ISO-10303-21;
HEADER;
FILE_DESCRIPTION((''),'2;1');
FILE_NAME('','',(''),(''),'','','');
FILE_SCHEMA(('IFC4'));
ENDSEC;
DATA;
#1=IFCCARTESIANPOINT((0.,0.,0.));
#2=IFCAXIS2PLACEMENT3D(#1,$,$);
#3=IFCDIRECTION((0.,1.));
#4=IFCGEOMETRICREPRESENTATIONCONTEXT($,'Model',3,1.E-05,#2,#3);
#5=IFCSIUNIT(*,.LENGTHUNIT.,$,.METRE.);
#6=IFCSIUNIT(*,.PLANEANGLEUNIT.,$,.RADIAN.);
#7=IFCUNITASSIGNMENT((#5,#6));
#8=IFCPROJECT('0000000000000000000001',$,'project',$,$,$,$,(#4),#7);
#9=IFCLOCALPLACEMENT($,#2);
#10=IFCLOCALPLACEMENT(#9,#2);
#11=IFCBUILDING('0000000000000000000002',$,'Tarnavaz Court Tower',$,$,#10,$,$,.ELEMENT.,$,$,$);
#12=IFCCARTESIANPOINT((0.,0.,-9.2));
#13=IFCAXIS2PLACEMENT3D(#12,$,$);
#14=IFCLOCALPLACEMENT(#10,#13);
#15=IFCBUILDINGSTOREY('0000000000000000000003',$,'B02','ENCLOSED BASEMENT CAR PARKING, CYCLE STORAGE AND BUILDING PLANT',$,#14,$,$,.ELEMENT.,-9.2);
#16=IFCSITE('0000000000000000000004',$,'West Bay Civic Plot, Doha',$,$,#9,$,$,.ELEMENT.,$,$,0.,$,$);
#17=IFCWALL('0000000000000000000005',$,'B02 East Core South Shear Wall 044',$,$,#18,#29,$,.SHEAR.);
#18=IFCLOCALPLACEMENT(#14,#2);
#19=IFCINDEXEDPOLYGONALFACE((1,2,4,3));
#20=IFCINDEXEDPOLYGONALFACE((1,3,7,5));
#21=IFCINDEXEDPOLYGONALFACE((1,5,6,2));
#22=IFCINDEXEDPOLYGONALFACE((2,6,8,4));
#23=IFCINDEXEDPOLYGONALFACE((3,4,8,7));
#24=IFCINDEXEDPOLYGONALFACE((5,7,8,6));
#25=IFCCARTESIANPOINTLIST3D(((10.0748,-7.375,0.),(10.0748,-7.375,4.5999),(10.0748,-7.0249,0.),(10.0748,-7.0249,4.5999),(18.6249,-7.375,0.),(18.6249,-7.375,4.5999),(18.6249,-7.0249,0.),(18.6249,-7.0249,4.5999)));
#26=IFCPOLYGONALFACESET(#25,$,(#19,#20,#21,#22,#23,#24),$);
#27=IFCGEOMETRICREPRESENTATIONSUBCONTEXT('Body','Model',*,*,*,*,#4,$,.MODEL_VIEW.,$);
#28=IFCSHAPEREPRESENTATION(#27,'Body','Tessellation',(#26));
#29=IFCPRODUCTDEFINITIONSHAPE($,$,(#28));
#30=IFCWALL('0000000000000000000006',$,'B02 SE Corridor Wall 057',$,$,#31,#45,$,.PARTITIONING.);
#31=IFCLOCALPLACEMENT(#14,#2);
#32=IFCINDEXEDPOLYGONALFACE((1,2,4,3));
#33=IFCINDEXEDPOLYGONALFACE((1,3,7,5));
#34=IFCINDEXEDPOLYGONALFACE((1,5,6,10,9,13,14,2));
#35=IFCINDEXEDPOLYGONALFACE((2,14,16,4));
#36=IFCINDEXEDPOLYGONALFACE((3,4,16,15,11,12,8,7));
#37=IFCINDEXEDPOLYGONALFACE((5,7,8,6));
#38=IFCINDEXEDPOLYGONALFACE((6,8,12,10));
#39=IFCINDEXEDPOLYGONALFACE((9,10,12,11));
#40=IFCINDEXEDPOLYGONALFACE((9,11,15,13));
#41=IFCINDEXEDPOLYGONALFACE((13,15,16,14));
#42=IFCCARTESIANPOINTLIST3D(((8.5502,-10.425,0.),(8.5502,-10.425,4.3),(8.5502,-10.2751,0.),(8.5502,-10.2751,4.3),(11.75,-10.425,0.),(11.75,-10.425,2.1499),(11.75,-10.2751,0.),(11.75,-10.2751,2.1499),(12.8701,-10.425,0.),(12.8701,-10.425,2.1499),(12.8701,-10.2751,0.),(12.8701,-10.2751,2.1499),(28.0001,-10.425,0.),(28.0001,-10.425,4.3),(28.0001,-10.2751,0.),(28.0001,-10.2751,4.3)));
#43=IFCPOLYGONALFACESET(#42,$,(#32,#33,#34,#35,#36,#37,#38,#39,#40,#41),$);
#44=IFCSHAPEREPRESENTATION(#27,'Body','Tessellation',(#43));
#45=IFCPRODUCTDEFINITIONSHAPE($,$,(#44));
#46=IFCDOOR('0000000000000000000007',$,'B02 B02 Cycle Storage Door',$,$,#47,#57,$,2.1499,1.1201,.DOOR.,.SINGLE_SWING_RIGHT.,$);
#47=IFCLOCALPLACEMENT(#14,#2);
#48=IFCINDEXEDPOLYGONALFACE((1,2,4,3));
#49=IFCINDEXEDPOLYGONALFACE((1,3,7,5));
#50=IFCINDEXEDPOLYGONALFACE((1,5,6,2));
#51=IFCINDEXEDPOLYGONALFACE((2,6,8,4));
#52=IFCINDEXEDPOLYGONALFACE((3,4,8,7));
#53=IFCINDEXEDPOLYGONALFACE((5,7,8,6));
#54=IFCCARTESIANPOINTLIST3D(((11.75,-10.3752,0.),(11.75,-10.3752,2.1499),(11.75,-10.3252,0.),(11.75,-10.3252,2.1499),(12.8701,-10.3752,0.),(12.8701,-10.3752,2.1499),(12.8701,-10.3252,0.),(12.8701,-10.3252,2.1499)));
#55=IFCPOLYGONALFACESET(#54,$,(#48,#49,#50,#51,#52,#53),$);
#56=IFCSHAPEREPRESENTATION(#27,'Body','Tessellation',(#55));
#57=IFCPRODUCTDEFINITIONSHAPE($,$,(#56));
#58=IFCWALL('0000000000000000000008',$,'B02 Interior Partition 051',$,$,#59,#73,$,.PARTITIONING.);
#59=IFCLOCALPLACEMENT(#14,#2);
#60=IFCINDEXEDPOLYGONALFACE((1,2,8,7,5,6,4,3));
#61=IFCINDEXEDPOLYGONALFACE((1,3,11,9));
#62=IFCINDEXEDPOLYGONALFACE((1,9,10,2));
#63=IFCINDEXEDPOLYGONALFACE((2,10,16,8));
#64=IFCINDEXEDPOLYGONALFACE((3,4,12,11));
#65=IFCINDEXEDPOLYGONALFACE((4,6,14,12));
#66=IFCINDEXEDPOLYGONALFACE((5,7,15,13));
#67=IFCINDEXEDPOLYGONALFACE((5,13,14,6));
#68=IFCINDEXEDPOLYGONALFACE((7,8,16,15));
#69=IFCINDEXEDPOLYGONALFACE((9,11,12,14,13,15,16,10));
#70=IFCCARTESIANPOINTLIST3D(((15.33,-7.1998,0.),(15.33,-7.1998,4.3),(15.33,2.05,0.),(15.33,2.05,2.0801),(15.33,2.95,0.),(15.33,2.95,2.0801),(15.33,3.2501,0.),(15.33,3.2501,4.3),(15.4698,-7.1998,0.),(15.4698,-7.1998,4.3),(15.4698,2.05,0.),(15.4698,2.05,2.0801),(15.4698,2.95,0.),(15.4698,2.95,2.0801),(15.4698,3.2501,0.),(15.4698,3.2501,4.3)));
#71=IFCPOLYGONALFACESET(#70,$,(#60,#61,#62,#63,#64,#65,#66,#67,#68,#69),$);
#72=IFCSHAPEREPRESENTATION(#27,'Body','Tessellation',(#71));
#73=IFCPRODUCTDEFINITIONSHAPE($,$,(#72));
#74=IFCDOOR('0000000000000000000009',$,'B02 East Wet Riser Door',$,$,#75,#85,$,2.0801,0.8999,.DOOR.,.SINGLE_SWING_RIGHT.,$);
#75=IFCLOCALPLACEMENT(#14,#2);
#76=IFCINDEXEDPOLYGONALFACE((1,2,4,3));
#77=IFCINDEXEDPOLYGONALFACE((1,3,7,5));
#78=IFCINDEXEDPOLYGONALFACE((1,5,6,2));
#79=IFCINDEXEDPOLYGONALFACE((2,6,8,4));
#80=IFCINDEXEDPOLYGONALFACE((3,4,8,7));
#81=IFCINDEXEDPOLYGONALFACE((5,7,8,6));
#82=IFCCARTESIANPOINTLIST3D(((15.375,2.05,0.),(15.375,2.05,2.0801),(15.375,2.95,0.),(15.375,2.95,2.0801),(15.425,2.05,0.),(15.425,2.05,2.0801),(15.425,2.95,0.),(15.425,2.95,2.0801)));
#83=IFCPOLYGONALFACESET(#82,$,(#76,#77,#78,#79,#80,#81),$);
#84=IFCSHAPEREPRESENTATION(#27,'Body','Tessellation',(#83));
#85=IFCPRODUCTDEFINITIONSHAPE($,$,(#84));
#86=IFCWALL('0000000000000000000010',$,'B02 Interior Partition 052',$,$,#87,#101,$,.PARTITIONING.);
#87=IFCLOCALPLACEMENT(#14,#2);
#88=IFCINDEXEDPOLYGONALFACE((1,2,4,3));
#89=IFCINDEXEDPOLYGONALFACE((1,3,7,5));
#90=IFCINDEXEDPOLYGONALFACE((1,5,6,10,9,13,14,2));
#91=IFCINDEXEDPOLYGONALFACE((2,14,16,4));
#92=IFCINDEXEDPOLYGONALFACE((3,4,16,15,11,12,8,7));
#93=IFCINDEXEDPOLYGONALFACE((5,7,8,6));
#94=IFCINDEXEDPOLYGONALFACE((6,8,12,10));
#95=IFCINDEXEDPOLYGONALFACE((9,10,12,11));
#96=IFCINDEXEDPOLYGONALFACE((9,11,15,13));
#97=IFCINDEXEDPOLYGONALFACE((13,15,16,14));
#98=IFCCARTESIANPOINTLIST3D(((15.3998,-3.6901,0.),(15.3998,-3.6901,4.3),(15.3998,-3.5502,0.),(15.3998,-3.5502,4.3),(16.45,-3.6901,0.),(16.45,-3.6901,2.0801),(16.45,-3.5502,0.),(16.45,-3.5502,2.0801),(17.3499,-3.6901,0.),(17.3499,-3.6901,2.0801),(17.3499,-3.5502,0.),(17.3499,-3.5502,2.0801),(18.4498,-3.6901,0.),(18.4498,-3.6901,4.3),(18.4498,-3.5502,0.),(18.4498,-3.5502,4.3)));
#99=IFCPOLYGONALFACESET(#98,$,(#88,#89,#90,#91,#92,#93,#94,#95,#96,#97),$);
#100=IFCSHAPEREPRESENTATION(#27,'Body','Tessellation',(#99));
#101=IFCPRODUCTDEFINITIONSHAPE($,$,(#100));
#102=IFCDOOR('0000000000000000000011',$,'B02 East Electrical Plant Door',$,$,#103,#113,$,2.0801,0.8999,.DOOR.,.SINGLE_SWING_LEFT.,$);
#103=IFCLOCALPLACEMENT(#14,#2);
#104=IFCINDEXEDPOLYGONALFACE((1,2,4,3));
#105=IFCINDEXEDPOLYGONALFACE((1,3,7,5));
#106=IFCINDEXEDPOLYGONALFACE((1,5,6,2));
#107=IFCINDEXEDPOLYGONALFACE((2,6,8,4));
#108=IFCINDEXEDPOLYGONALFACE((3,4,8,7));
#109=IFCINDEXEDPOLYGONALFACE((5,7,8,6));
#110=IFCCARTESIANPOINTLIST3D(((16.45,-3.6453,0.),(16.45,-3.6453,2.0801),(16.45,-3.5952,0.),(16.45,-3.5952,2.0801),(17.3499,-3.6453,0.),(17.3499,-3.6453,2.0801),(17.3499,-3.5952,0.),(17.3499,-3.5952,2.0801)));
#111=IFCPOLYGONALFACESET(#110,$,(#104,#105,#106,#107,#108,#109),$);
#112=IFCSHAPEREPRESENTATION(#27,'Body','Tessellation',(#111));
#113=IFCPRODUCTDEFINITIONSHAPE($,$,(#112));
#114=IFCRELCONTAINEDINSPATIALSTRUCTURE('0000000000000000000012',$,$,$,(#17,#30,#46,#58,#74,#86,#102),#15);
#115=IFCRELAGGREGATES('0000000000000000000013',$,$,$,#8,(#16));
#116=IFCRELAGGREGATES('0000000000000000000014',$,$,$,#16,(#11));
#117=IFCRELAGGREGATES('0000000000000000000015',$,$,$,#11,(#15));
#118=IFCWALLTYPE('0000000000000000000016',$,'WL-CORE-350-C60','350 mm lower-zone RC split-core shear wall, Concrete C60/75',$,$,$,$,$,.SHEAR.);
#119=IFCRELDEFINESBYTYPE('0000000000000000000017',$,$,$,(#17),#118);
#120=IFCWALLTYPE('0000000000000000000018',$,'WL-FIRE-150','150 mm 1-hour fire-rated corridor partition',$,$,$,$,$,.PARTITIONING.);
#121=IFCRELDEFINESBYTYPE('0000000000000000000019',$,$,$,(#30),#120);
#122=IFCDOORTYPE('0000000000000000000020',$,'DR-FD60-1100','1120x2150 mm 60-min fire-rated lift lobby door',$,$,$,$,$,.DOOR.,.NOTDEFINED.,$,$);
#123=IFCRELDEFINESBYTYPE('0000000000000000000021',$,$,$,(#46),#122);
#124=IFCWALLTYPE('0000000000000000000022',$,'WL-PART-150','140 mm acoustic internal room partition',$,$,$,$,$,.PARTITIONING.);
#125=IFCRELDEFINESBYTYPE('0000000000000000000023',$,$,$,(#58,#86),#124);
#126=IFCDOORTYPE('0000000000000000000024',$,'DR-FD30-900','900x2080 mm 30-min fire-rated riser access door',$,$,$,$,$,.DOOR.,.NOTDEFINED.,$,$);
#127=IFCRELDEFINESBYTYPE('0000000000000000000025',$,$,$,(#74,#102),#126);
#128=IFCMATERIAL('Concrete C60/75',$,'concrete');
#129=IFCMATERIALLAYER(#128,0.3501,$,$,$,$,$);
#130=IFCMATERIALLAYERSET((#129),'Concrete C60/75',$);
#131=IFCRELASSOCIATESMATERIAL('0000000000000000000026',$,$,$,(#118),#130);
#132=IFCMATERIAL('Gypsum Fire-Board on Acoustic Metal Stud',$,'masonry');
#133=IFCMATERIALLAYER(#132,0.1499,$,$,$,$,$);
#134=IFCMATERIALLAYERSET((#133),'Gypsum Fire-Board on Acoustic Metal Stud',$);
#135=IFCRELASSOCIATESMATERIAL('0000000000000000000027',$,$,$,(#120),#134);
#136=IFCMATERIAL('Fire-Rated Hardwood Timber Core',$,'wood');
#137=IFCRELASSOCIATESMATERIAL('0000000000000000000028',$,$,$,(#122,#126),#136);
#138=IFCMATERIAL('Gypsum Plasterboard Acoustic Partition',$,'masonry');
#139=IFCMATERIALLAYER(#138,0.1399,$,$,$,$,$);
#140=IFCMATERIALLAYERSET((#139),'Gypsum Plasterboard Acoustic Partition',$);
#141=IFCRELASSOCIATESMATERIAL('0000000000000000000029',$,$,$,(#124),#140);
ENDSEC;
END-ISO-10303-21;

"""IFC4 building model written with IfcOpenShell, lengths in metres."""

from ifc_helpers import new_model, si_unit, direction, frame, frame_2d, origin, place, context, subcontext, project, spatial, rectangle, extrude, material, layer, layer_set, type_object, element, fill, save


model = new_model("IFC4")

# Units and contexts
model_context = context("Model", 3, precision=1e-05, world=origin(), true_north=direction((0.0, 1.0)))
body_context = subcontext(model_context, "Body", "Model", "MODEL_VIEW")
ifc_project = project(units=[si_unit("LENGTHUNIT", "METRE"), si_unit("PLANEANGLEUNIT", "RADIAN")], contexts=[model_context])

# Site, building, storey
site_placement = place(None, origin())
site = spatial("IfcSite", under=ifc_project, at=site_placement, Name="West Bay Civic Plot, Doha", CompositionType="ELEMENT", RefElevation=0.0)
building_placement = place(site_placement, origin())
building = spatial("IfcBuilding", under=site, at=building_placement, Name="Tarnavaz Court Tower", CompositionType="ELEMENT")
storey_placement = place(building_placement, frame((0.0, 0.0, -9.2)))
storey = spatial("IfcBuildingStorey", under=building, at=storey_placement, Name="B02", Description="ENCLOSED BASEMENT CAR PARKING, CYCLE STORAGE AND BUILDING PLANT", CompositionType="ELEMENT", Elevation=-9.2)

# Shared definitions
ifc_material_1 = material(Name="Concrete C60/75", Category="concrete")

# Wall
ifc_layer_1 = layer(ifc_material_1, 0.3501)
ifc_layer_set_1 = layer_set([ifc_layer_1], Name="Concrete C60/75")
wall_type_1 = type_object("IfcWallType", Name="WL-CORE-350-C60", Description="350 mm lower-zone RC split-core shear wall, Concrete C60/75", PredefinedType="SHEAR", material=ifc_layer_set_1)
wall_1_placement = place(storey_placement, frame((10.075, -7.2, 0.0), z_axis=(0.0, 0.0, 1.0), x_axis=(1.0, 0.0, 0.0)))
element("IfcWall", 1, at=wall_1_placement, inside=storey, type_object=wall_type_1, Name="B02 East Core South Shear Wall 044", PredefinedType="SHEAR", context=body_context, shape_type="SweptSolid", body=[
    extrude(rectangle(XDim=8.55, YDim=0.3501, at=frame_2d((4.2749, 0.0))), origin(), (0.0, 0.0, 1.0), 4.5999),
])

# Walls, openings, doors
ifc_material_2 = material(Name="Gypsum Fire-Board on Acoustic Metal Stud", Category="masonry")
ifc_layer_2 = layer(ifc_material_2, 0.1499)
ifc_layer_set_2 = layer_set([ifc_layer_2], Name="Gypsum Fire-Board on Acoustic Metal Stud")
wall_type_2 = type_object("IfcWallType", Name="WL-FIRE-150", Description="150 mm 1-hour fire-rated corridor partition", PredefinedType="PARTITIONING", material=ifc_layer_set_2)
wall_2_placement = place(storey_placement, frame((8.55, -10.3501, 0.0), z_axis=(0.0, 0.0, 1.0), x_axis=(1.0, 0.0, 0.0)))
wall_2 = element("IfcWall", 2, at=wall_2_placement, inside=storey, type_object=wall_type_2, Name="B02 SE Corridor Wall 057", PredefinedType="PARTITIONING", context=body_context, shape_type="SweptSolid", body=[
    extrude(rectangle(XDim=19.45, YDim=0.1499, at=frame_2d((9.7251, 0.0))), origin(), (0.0, 0.0, 1.0), 4.3),
])
opening_1_placement = place(wall_2_placement, frame((3.2, 0.0, 0.0)))
opening_1 = element("IfcOpeningElement", 3, at=opening_1_placement, cuts=wall_2, PredefinedType="OPENING", context=body_context, shape_type="SweptSolid", body=[
    extrude(rectangle(XDim=1.1201, YDim=2.1499, at=frame_2d((0.5601, 1.075))), frame((0.0, 0.085, 0.0), z_axis=(0.0, -1.0, 0.0), x_axis=(1.0, 0.0, 0.0)), (0.0, 0.0, 1.0), 0.1699),
])
ifc_material_3 = material(Name="Fire-Rated Hardwood Timber Core", Category="wood")
door_type_1 = type_object("IfcDoorType", Name="DR-FD60-1100", Description="1120x2150 mm 60-min fire-rated lift lobby door", OperationType="NOTDEFINED", PredefinedType="DOOR", material=ifc_material_3)
door_1_placement = place(opening_1_placement, origin())
door_1 = element("IfcDoor", 4, at=door_1_placement, inside=storey, type_object=door_type_1, Name="B02 B02 Cycle Storage Door", OperationType="SINGLE_SWING_RIGHT", OverallHeight=2.1499, OverallWidth=1.1201, PredefinedType="DOOR", context=body_context, shape_type="SweptSolid", body=[
    extrude(rectangle(XDim=1.1201, YDim=2.1499, at=frame_2d((0.5601, 1.075))), frame((0.0, 0.0249, 0.0), z_axis=(0.0, -1.0, 0.0), x_axis=(1.0, 0.0, 0.0)), (0.0, 0.0, 1.0), 0.05),
])
fill(opening_1, door_1)
ifc_material_4 = material(Name="Gypsum Plasterboard Acoustic Partition", Category="masonry")
ifc_layer_3 = layer(ifc_material_4, 0.1399)
ifc_layer_set_3 = layer_set([ifc_layer_3], Name="Gypsum Plasterboard Acoustic Partition")
wall_type_3 = type_object("IfcWallType", Name="WL-PART-150", Description="140 mm acoustic internal room partition", PredefinedType="PARTITIONING", material=ifc_layer_set_3)
wall_3_placement = place(storey_placement, frame((15.3999, -7.2, 0.0), z_axis=(0.0, 0.0, 1.0), x_axis=(0.0, 1.0, 0.0)))
wall_3 = element("IfcWall", 5, at=wall_3_placement, inside=storey, type_object=wall_type_3, Name="B02 Interior Partition 051", PredefinedType="PARTITIONING", context=body_context, shape_type="SweptSolid", body=[
    extrude(rectangle(XDim=10.45, YDim=0.1399, at=frame_2d((5.2251, 0.0))), origin(), (0.0, 0.0, 1.0), 4.3),
])
opening_2_placement = place(wall_3_placement, frame((9.25, 0.0, 0.0)))
opening_2 = element("IfcOpeningElement", 6, at=opening_2_placement, cuts=wall_3, PredefinedType="OPENING", context=body_context, shape_type="SweptSolid", body=[
    extrude(rectangle(XDim=0.8999, YDim=2.0801, at=frame_2d((0.45, 1.04))), frame((0.0, 0.0798, 0.0), z_axis=(0.0, -1.0, 0.0), x_axis=(1.0, 0.0, 0.0)), (0.0, 0.0, 1.0), 0.1599),
])
door_type_2 = type_object("IfcDoorType", Name="DR-FD30-900", Description="900x2080 mm 30-min fire-rated riser access door", OperationType="NOTDEFINED", PredefinedType="DOOR", material=ifc_material_3)
door_2_placement = place(opening_2_placement, origin())
door_2 = element("IfcDoor", 7, at=door_2_placement, inside=storey, type_object=door_type_2, Name="B02 East Wet Riser Door", OperationType="SINGLE_SWING_RIGHT", OverallHeight=2.0801, OverallWidth=0.8999, PredefinedType="DOOR", context=body_context, shape_type="SweptSolid", body=[
    extrude(rectangle(XDim=0.8999, YDim=2.0801, at=frame_2d((0.45, 1.04))), frame((0.0, 0.0249, 0.0), z_axis=(0.0, -1.0, 0.0), x_axis=(1.0, 0.0, 0.0)), (0.0, 0.0, 1.0), 0.05),
])
fill(opening_2, door_2)
wall_4_placement = place(storey_placement, frame((15.3999, -3.6201, 0.0), z_axis=(0.0, 0.0, 1.0), x_axis=(1.0, 0.0, 0.0)))
wall_4 = element("IfcWall", 8, at=wall_4_placement, inside=storey, type_object=wall_type_3, Name="B02 Interior Partition 052", PredefinedType="PARTITIONING", context=body_context, shape_type="SweptSolid", body=[
    extrude(rectangle(XDim=3.05, YDim=0.1399, at=frame_2d((1.5249, 0.0))), origin(), (0.0, 0.0, 1.0), 4.3),
])
opening_3_placement = place(wall_4_placement, frame((1.05, 0.0, 0.0)))
opening_3 = element("IfcOpeningElement", 9, at=opening_3_placement, cuts=wall_4, PredefinedType="OPENING", context=body_context, shape_type="SweptSolid", body=[
    extrude(rectangle(XDim=0.8999, YDim=2.0801, at=frame_2d((0.45, 1.04))), frame((0.0, 0.0798, 0.0), z_axis=(0.0, -1.0, 0.0), x_axis=(1.0, 0.0, 0.0)), (0.0, 0.0, 1.0), 0.1599),
])
door_3_placement = place(opening_3_placement, origin())
door_3 = element("IfcDoor", 10, at=door_3_placement, inside=storey, type_object=door_type_2, Name="B02 East Electrical Plant Door", OperationType="SINGLE_SWING_LEFT", OverallHeight=2.0801, OverallWidth=0.8999, PredefinedType="DOOR", context=body_context, shape_type="SweptSolid", body=[
    extrude(rectangle(XDim=0.8999, YDim=2.0801, at=frame_2d((0.45, 1.04))), frame((0.0, 0.0249, 0.0), z_axis=(0.0, -1.0, 0.0), x_axis=(1.0, 0.0, 0.0)), (0.0, 0.0, 1.0), 0.05),
])
fill(opening_3, door_3)

save(model, "model.ifc")
